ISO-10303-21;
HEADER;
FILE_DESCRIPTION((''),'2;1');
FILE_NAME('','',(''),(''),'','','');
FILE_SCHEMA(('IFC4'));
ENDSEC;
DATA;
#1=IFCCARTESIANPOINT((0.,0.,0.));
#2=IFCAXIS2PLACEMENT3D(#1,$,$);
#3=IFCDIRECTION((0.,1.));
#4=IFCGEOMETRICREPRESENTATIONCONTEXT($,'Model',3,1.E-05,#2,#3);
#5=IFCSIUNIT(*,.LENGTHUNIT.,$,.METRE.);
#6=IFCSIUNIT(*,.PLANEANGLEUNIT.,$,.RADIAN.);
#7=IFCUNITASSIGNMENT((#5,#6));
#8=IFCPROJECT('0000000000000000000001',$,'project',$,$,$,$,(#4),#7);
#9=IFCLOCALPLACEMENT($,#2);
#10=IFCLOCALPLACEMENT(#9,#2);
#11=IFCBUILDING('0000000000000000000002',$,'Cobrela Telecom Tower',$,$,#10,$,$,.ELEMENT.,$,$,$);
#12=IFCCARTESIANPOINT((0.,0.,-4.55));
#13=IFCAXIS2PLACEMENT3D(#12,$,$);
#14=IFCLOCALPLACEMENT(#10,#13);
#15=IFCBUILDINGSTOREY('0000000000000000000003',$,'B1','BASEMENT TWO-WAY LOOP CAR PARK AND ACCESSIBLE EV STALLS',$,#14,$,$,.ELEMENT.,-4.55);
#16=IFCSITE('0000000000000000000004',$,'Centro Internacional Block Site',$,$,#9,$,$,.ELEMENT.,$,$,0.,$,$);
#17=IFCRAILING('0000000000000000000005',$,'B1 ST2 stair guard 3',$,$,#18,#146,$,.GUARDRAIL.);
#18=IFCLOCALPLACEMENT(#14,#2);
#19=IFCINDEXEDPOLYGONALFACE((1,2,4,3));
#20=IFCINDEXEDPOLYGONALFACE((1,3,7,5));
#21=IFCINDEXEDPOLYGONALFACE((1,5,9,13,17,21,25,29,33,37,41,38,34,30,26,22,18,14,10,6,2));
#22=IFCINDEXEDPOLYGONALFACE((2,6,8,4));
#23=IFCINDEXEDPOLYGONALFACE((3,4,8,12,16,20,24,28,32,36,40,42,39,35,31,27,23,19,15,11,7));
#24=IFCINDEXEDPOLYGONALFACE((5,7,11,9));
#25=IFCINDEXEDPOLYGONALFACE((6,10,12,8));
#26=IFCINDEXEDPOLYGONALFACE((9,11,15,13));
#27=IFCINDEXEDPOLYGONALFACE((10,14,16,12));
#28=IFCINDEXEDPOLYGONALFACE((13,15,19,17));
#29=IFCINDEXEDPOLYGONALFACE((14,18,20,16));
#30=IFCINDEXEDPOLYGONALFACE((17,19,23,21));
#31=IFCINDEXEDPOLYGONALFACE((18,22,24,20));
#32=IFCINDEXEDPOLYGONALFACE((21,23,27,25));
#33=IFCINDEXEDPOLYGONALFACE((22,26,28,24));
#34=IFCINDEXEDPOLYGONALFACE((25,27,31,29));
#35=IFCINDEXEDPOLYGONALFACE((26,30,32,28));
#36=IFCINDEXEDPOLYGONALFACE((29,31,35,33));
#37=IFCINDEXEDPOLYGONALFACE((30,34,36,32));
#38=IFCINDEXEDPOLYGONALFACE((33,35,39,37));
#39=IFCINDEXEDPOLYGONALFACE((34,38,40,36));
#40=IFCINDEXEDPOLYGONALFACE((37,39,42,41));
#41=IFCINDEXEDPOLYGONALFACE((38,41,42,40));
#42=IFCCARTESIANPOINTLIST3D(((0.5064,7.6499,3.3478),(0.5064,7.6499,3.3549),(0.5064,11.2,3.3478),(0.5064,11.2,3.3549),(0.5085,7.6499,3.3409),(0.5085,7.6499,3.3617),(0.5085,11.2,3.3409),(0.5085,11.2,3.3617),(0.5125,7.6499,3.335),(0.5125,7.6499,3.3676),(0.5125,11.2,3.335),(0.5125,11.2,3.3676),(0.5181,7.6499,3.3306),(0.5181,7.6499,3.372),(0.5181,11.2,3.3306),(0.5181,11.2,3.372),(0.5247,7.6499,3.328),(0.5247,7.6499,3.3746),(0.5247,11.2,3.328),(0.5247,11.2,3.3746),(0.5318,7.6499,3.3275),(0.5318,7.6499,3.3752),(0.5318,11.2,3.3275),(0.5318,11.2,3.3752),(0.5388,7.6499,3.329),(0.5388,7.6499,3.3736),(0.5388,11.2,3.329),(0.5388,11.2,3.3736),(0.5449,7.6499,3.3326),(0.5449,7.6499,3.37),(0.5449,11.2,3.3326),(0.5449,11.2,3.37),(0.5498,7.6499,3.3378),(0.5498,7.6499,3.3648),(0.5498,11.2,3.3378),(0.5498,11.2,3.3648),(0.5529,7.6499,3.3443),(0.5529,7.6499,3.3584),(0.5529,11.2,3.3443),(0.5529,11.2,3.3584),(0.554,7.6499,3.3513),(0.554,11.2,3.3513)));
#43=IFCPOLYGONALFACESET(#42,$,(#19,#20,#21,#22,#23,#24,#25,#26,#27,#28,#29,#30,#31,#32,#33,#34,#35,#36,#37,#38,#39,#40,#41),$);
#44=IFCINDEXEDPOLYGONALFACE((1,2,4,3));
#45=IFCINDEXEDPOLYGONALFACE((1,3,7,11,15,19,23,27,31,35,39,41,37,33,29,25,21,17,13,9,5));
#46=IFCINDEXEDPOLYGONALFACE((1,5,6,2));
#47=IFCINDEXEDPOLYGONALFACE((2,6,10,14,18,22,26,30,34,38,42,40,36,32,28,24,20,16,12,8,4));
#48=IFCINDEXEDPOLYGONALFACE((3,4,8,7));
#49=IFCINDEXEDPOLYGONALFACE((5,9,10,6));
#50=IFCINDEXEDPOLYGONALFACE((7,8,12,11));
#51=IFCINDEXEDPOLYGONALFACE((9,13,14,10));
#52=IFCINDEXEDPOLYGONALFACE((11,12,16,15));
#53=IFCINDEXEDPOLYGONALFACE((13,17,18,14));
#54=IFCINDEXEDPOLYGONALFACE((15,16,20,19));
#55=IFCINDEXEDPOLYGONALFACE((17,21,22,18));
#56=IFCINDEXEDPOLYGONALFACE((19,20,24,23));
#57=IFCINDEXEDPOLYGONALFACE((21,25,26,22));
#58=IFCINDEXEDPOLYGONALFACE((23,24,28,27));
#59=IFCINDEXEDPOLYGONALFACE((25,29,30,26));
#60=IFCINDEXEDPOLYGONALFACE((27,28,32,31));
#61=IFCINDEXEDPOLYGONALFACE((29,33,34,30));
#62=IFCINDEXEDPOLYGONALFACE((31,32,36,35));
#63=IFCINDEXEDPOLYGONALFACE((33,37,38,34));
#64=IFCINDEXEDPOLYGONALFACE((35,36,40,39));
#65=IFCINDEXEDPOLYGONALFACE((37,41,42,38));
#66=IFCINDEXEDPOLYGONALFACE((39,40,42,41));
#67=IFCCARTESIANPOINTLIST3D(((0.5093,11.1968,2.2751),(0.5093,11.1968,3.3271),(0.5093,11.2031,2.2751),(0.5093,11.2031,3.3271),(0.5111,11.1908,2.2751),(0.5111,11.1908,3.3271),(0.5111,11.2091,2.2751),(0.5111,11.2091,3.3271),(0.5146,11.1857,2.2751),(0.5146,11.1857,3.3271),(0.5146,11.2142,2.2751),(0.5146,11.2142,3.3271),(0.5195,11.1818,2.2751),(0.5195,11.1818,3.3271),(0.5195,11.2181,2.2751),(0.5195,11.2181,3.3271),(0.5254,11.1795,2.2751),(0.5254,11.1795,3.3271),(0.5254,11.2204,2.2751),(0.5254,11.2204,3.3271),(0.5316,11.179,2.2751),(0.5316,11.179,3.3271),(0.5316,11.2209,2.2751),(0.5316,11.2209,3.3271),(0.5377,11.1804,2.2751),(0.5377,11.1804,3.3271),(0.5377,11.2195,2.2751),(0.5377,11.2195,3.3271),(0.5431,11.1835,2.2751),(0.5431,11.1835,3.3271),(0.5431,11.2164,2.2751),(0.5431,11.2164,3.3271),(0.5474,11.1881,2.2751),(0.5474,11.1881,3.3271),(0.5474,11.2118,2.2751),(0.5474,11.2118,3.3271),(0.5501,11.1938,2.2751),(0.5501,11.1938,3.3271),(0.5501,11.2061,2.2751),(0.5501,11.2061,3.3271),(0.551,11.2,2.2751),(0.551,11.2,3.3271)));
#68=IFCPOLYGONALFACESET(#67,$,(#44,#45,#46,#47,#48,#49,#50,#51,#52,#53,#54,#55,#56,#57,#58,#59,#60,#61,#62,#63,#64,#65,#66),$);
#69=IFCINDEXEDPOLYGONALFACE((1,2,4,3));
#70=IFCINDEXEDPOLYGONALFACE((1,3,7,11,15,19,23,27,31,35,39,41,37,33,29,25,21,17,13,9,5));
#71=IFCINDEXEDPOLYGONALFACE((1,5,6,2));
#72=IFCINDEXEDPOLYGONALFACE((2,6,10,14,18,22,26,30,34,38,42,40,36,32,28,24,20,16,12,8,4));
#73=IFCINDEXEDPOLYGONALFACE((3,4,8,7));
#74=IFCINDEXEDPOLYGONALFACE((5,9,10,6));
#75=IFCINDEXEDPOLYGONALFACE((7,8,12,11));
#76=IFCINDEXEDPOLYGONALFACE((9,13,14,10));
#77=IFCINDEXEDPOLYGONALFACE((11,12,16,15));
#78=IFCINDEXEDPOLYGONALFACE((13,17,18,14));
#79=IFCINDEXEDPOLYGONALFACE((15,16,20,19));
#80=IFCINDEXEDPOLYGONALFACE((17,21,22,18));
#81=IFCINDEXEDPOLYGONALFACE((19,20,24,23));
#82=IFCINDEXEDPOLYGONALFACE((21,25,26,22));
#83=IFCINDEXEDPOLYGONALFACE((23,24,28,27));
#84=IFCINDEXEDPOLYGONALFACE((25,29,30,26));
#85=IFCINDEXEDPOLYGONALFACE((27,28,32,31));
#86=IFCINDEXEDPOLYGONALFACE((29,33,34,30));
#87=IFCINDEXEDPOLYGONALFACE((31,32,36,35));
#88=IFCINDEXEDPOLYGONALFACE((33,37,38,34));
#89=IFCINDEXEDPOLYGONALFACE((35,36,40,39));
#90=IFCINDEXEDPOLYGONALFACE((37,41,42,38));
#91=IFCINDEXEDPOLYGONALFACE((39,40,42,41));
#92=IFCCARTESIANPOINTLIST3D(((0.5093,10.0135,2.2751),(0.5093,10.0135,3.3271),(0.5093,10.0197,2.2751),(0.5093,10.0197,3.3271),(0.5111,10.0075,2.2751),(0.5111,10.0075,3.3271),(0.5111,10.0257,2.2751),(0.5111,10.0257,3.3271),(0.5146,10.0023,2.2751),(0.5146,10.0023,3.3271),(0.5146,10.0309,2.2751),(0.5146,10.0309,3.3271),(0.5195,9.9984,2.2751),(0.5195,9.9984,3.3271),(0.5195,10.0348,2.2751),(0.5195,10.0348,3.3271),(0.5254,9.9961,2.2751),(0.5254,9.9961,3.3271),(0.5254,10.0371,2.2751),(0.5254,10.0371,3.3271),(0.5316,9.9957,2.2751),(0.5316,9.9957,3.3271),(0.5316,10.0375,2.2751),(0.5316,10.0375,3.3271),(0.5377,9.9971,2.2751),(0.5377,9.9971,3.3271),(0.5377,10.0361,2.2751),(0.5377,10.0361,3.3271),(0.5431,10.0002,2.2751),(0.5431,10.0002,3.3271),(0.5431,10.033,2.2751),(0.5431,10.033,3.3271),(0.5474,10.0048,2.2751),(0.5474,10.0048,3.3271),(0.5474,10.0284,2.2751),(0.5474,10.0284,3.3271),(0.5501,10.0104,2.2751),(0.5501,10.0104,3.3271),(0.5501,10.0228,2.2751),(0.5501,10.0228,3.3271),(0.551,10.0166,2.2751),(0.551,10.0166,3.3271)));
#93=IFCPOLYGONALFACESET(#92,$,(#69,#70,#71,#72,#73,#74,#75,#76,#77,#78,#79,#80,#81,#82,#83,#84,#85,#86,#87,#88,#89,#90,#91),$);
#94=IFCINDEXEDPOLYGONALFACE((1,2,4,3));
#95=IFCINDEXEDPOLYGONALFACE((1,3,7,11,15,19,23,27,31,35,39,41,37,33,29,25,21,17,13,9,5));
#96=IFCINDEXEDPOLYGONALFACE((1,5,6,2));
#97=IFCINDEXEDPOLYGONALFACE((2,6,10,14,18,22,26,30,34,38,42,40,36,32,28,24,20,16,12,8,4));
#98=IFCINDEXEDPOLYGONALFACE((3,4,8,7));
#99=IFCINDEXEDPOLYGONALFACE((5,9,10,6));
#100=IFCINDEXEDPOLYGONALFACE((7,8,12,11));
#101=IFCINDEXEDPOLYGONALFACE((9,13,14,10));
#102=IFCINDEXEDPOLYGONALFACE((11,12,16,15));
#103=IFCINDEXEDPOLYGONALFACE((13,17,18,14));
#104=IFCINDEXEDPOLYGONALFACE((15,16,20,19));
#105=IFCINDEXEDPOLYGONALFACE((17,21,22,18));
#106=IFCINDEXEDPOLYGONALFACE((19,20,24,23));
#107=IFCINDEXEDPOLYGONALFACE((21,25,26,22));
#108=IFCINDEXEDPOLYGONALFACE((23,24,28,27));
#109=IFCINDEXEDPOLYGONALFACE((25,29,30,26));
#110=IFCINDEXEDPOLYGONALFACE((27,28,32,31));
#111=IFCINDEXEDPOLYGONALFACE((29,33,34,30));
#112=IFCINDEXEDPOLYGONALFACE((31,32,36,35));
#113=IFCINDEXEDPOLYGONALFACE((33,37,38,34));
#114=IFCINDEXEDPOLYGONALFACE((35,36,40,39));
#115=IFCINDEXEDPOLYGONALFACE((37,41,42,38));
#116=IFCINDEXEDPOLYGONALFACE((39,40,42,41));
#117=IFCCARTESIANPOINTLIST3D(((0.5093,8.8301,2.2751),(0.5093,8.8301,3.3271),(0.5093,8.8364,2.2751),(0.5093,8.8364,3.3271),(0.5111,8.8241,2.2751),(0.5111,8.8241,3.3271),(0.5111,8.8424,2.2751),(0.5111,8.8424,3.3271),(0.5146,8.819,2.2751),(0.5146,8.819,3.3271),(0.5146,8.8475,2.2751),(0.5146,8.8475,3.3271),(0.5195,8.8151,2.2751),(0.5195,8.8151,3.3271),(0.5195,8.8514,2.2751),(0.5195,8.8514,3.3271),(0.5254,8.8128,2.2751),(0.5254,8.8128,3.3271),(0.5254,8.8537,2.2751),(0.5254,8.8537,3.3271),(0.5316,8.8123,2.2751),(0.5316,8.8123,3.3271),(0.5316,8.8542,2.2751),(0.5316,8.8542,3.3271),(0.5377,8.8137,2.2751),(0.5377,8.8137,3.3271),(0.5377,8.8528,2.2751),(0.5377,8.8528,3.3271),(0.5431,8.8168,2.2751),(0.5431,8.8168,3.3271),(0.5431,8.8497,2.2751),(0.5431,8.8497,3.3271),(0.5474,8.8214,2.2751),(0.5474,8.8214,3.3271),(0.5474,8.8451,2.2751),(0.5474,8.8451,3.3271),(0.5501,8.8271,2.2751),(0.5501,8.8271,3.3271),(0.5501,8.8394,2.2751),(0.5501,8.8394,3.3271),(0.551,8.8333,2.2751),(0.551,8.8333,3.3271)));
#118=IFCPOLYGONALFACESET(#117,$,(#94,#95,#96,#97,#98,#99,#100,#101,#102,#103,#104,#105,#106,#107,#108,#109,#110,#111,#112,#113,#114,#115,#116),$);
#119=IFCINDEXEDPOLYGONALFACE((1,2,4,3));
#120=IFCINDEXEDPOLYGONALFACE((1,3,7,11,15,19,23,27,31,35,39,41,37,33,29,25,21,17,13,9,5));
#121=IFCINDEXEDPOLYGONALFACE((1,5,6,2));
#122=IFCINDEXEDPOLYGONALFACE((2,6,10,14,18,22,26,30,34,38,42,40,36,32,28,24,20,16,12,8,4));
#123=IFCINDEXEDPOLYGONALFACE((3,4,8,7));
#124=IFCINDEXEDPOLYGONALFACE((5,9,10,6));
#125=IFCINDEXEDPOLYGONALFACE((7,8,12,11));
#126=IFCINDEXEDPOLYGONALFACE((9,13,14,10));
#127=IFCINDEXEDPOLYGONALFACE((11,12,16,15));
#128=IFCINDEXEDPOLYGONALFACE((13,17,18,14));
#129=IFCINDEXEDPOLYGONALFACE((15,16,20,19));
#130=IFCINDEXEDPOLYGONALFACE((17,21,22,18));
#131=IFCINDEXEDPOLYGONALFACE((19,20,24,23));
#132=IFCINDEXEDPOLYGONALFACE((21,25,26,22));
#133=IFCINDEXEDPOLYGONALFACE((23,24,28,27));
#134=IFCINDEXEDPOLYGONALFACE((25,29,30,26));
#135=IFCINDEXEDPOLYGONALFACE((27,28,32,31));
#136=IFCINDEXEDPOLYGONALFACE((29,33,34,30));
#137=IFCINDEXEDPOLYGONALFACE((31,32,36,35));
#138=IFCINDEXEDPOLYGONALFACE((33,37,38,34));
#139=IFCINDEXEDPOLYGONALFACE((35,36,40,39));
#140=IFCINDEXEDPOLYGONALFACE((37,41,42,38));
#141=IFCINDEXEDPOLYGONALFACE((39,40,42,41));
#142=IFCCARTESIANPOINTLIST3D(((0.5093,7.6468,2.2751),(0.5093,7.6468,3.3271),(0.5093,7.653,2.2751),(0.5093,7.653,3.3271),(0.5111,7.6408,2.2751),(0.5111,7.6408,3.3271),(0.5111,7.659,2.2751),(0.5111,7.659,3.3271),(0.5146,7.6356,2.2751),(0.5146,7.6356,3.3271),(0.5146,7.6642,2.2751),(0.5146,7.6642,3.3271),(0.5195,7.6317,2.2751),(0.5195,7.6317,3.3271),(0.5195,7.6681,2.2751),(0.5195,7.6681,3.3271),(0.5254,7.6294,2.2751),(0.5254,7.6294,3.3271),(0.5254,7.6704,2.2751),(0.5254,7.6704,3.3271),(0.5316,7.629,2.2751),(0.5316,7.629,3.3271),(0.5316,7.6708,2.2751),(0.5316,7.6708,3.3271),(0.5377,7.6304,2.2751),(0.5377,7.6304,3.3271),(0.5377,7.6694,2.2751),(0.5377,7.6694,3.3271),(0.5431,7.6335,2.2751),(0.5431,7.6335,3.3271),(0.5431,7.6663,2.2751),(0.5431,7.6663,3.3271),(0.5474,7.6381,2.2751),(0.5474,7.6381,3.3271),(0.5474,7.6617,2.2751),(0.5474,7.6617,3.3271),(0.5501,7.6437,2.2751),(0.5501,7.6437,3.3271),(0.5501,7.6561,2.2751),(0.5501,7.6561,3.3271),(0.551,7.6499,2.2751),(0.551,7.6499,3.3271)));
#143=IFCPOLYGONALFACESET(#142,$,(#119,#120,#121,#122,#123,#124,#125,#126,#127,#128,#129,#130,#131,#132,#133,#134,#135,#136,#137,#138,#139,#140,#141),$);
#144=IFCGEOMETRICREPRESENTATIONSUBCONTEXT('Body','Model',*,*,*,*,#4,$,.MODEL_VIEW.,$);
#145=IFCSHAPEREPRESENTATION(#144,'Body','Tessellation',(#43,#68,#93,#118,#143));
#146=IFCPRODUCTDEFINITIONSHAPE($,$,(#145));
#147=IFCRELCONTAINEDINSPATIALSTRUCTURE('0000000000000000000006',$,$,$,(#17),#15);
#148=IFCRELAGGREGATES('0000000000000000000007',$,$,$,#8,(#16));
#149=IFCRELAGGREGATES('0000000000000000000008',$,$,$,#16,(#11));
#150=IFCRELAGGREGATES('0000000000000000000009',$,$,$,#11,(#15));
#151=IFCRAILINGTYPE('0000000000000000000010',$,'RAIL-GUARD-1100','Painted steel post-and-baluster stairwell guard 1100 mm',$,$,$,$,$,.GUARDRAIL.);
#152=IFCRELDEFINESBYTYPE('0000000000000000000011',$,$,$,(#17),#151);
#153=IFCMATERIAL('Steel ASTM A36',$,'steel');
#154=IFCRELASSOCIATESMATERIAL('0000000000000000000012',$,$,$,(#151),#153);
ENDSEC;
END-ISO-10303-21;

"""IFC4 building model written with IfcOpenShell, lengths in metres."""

from ifc_helpers import new_model, si_unit, direction, frame, origin, origin_2d, place, context, subcontext, project, spatial, circle, extrude, material, type_object, element, save


model = new_model("IFC4")

# Units and contexts
model_context = context("Model", 3, precision=1e-05, world=origin(), true_north=direction((0.0, 1.0)))
body_context = subcontext(model_context, "Body", "Model", "MODEL_VIEW")
ifc_project = project(units=[si_unit("LENGTHUNIT", "METRE"), si_unit("PLANEANGLEUNIT", "RADIAN")], contexts=[model_context])

# Site, building, storey
site_placement = place(None, origin())
site = spatial("IfcSite", under=ifc_project, at=site_placement, Name="Centro Internacional Block Site", CompositionType="ELEMENT", RefElevation=0.0)
building_placement = place(site_placement, origin())
building = spatial("IfcBuilding", under=site, at=building_placement, Name="Cobrela Telecom Tower", CompositionType="ELEMENT")
storey_placement = place(building_placement, frame((0.0, 0.0, -4.55)))
storey = spatial("IfcBuildingStorey", under=building, at=storey_placement, Name="B1", Description="BASEMENT TWO-WAY LOOP CAR PARK AND ACCESSIBLE EV STALLS", CompositionType="ELEMENT", Elevation=-4.55)

# Shared definitions
ifc_material_1 = material(Name="Steel ASTM A36", Category="steel")

# Railing
railing_type_1 = type_object("IfcRailingType", Name="RAIL-GUARD-1100", Description="Painted steel post-and-baluster stairwell guard 1100 mm", PredefinedType="GUARDRAIL", material=ifc_material_1)
railing_1_placement = place(storey_placement, frame((0.53, 11.2, 2.2751)))
element("IfcRailing", 1, at=railing_1_placement, inside=storey, type_object=railing_type_1, Name="B1 ST2 stair guard 3", PredefinedType="GUARDRAIL", context=body_context, shape_type="SweptSolid", body=[
    extrude(circle(Radius=0.0239, at=origin_2d()), frame((0.0, 0.0, 1.0762), z_axis=(0.0, -1.0, 0.0), x_axis=(1.0, 0.0, 0.0)), (0.0, 0.0, 1.0), 3.55),
    extrude(circle(Radius=0.021, at=origin_2d()), origin(), (0.0, 0.0, 1.0), 1.052),
    extrude(circle(Radius=0.021, at=origin_2d()), frame((0.0, -1.1833, 0.0)), (0.0, 0.0, 1.0), 1.052),
    extrude(circle(Radius=0.021, at=origin_2d()), frame((0.0, -2.3667, 0.0)), (0.0, 0.0, 1.0), 1.052),
    extrude(circle(Radius=0.021, at=origin_2d()), frame((0.0, -3.55, 0.0)), (0.0, 0.0, 1.0), 1.052),
])

save(model, "model.ifc")
